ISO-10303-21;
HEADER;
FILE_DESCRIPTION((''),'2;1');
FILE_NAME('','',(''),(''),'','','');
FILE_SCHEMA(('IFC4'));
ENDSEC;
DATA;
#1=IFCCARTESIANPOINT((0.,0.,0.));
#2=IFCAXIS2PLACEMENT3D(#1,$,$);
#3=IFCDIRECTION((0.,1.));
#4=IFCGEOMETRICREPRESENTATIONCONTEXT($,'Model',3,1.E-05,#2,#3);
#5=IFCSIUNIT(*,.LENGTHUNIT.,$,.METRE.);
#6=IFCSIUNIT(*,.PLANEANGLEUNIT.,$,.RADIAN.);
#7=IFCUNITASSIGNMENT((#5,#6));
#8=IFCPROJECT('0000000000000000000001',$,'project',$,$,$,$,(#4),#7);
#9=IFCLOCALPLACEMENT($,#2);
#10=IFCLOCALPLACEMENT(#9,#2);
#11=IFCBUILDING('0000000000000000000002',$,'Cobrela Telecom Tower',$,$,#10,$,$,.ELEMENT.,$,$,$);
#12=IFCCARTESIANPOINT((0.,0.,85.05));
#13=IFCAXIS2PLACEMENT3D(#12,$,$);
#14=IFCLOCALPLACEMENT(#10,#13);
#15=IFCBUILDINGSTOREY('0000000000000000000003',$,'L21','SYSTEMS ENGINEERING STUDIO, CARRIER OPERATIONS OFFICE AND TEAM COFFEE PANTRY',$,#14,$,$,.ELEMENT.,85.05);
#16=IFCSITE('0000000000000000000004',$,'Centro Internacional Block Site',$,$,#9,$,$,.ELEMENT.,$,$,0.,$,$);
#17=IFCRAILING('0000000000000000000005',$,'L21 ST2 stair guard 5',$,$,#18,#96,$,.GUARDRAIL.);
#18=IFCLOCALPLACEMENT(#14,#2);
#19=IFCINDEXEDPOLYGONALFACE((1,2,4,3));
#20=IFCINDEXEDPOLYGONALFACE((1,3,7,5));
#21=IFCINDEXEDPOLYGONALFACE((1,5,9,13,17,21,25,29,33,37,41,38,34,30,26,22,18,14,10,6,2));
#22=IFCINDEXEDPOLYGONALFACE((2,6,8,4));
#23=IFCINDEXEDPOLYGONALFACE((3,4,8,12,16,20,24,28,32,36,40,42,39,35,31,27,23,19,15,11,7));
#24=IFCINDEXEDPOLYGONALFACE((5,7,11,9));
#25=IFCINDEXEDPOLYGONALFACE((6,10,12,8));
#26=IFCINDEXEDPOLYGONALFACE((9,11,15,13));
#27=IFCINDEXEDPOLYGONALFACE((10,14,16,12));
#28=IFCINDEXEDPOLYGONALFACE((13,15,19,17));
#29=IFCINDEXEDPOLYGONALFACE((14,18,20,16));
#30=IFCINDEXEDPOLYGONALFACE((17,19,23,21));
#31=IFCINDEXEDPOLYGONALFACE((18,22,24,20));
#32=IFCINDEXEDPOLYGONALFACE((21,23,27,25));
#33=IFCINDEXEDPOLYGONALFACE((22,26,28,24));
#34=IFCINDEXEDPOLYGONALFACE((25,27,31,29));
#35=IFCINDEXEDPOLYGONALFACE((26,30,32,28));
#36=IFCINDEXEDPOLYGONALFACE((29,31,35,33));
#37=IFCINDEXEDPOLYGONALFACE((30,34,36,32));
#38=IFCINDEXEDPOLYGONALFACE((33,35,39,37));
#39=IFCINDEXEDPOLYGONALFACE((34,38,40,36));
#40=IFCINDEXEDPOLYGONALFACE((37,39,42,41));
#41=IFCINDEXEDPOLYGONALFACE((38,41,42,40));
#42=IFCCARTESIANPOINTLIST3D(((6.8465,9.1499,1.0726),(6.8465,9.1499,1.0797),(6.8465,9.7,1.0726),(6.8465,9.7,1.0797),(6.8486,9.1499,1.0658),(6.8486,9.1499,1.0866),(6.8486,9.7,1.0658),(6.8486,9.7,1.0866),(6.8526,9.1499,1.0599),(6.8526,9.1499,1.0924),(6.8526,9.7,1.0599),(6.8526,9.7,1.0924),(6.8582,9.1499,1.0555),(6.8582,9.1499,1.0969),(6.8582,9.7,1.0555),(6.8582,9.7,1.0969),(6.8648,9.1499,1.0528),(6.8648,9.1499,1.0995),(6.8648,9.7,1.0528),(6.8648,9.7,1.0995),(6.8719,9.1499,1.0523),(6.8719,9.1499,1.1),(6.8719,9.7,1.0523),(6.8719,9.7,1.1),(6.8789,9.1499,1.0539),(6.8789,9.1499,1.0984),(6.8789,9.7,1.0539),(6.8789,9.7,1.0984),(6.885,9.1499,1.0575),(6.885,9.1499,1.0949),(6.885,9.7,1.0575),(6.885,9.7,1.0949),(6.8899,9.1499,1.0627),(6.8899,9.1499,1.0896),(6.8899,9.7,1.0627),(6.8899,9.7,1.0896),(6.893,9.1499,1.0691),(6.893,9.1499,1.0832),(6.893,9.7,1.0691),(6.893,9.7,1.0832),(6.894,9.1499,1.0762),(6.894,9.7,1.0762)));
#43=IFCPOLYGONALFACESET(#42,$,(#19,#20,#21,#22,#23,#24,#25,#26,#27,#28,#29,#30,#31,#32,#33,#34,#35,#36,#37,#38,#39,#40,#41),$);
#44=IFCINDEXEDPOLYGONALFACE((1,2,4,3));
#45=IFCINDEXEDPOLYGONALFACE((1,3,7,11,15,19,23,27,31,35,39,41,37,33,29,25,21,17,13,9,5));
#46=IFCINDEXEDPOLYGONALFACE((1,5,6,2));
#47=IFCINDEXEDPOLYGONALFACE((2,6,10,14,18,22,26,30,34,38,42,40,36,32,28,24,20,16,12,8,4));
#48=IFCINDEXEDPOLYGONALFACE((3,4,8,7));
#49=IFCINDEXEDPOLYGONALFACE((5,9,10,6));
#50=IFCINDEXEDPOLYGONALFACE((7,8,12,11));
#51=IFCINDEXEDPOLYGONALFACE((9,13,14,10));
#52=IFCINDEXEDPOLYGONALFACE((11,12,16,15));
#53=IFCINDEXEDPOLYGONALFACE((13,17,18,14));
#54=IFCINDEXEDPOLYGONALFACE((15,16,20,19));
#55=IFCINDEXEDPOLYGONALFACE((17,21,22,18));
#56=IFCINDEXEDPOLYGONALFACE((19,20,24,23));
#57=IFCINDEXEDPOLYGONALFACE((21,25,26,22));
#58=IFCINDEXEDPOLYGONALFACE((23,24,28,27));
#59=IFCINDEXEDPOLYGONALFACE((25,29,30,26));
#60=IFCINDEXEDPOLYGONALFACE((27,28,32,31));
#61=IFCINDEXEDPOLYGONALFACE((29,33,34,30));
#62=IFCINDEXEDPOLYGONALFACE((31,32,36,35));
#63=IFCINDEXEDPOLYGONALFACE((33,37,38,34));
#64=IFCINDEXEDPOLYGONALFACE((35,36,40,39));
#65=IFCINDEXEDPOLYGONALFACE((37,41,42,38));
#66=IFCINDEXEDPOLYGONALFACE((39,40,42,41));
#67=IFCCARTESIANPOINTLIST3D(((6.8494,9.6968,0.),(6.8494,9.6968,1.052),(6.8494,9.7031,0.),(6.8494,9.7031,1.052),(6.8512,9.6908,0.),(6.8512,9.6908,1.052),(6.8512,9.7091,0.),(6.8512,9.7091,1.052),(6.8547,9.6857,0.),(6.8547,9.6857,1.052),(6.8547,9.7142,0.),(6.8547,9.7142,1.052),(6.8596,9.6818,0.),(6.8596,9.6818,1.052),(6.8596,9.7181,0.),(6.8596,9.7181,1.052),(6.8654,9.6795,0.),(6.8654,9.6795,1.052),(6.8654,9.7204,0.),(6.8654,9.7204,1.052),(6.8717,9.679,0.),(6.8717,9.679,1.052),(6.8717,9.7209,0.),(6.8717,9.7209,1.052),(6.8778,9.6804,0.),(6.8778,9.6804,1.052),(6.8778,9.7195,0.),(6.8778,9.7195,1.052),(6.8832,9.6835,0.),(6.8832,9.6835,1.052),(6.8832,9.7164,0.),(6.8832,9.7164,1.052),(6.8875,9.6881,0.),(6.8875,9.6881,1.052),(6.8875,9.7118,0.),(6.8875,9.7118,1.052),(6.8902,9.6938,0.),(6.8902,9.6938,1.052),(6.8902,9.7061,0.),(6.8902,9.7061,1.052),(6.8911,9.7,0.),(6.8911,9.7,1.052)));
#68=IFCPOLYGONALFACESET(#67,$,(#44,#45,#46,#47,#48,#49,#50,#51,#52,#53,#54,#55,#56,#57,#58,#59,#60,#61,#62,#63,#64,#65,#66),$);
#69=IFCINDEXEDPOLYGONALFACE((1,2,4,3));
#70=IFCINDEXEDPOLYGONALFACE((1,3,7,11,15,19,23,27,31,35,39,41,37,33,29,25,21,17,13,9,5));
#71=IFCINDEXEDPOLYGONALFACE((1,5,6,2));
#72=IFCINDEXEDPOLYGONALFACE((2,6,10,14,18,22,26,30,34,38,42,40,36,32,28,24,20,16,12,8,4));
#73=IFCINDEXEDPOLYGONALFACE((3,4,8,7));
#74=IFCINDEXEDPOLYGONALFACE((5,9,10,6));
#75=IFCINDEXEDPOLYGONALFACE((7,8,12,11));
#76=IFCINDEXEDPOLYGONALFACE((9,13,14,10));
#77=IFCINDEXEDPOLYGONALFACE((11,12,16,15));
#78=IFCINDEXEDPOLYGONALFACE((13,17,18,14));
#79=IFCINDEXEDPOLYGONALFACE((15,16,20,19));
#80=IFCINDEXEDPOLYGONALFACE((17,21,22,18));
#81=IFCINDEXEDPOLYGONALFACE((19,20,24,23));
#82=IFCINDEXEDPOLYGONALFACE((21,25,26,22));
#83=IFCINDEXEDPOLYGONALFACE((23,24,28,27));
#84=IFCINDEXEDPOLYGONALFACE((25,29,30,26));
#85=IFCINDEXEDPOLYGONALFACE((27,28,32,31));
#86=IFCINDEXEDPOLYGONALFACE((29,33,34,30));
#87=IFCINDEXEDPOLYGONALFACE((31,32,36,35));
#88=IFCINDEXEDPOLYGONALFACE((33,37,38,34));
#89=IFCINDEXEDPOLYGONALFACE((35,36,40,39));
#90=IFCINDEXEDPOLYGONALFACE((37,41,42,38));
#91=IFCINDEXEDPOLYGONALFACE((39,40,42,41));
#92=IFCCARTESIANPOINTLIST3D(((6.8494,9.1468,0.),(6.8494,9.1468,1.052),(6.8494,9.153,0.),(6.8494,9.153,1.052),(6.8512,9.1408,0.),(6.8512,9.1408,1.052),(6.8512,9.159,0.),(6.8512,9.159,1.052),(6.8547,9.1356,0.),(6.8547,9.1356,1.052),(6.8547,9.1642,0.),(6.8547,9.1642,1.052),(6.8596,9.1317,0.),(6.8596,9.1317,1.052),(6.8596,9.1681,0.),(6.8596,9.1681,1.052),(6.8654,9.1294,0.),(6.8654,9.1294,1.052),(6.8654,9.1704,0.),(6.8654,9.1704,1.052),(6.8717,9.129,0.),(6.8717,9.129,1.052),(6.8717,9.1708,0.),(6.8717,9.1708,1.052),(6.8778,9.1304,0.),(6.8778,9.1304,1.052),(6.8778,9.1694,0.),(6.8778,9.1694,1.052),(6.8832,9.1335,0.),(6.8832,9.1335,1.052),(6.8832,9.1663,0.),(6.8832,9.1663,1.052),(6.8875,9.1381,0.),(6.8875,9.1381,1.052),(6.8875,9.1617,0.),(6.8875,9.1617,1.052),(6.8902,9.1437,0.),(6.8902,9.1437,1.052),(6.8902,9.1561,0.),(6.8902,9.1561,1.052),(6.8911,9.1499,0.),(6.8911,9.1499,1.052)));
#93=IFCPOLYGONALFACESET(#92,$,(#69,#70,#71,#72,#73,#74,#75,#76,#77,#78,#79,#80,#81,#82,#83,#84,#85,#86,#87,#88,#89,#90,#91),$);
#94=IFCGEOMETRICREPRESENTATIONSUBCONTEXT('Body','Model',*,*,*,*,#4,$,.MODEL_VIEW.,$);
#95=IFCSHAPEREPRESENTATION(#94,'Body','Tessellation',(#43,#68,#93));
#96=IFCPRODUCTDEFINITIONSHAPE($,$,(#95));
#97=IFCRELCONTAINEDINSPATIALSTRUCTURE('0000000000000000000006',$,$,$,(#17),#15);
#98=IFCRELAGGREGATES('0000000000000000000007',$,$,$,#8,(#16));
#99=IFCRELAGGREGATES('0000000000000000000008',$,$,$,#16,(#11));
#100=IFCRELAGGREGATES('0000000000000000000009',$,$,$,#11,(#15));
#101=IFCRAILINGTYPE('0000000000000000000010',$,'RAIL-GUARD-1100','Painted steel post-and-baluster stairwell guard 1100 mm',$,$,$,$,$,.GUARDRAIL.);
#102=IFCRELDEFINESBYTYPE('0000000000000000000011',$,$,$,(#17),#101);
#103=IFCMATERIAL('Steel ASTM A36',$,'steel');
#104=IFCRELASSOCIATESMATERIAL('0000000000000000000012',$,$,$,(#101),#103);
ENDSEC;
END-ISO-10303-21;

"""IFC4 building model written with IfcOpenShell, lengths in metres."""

from ifc_helpers import new_model, si_unit, direction, frame, origin, origin_2d, place, context, subcontext, project, spatial, circle, extrude, material, type_object, element, save


model = new_model("IFC4")

# Units and contexts
model_context = context("Model", 3, precision=1e-05, world=origin(), true_north=direction((0.0, 1.0)))
body_context = subcontext(model_context, "Body", "Model", "MODEL_VIEW")
ifc_project = project(units=[si_unit("LENGTHUNIT", "METRE"), si_unit("PLANEANGLEUNIT", "RADIAN")], contexts=[model_context])

# Site, building, storey
site_placement = place(None, origin())
site = spatial("IfcSite", under=ifc_project, at=site_placement, Name="Centro Internacional Block Site", CompositionType="ELEMENT", RefElevation=0.0)
building_placement = place(site_placement, origin())
building = spatial("IfcBuilding", under=site, at=building_placement, Name="Cobrela Telecom Tower", CompositionType="ELEMENT")
storey_placement = place(building_placement, frame((0.0, 0.0, 85.05)))
storey = spatial("IfcBuildingStorey", under=building, at=storey_placement, Name="L21", Description="SYSTEMS ENGINEERING STUDIO, CARRIER OPERATIONS OFFICE AND TEAM COFFEE PANTRY", CompositionType="ELEMENT", Elevation=85.05)

# Railing
ifc_material_1 = material(Name="Steel ASTM A36", Category="steel")
railing_type_1 = type_object("IfcRailingType", Name="RAIL-GUARD-1100", Description="Painted steel post-and-baluster stairwell guard 1100 mm", PredefinedType="GUARDRAIL", material=ifc_material_1)
railing_1_placement = place(storey_placement, frame((6.8701, 9.7, 0.0)))
element("IfcRailing", 1, at=railing_1_placement, inside=storey, type_object=railing_type_1, Name="L21 ST2 stair guard 5", PredefinedType="GUARDRAIL", context=body_context, shape_type="SweptSolid", body=[
    extrude(circle(Radius=0.0239, at=origin_2d()), frame((0.0, 0.0, 1.0762), z_axis=(0.0, -1.0, 0.0), x_axis=(1.0, 0.0, 0.0)), (0.0, 0.0, 1.0), 0.55),
    extrude(circle(Radius=0.021, at=origin_2d()), origin(), (0.0, 0.0, 1.0), 1.052),
    extrude(circle(Radius=0.021, at=origin_2d()), frame((0.0, -0.55, 0.0)), (0.0, 0.0, 1.0), 1.052),
])

save(model, "model.ifc")
